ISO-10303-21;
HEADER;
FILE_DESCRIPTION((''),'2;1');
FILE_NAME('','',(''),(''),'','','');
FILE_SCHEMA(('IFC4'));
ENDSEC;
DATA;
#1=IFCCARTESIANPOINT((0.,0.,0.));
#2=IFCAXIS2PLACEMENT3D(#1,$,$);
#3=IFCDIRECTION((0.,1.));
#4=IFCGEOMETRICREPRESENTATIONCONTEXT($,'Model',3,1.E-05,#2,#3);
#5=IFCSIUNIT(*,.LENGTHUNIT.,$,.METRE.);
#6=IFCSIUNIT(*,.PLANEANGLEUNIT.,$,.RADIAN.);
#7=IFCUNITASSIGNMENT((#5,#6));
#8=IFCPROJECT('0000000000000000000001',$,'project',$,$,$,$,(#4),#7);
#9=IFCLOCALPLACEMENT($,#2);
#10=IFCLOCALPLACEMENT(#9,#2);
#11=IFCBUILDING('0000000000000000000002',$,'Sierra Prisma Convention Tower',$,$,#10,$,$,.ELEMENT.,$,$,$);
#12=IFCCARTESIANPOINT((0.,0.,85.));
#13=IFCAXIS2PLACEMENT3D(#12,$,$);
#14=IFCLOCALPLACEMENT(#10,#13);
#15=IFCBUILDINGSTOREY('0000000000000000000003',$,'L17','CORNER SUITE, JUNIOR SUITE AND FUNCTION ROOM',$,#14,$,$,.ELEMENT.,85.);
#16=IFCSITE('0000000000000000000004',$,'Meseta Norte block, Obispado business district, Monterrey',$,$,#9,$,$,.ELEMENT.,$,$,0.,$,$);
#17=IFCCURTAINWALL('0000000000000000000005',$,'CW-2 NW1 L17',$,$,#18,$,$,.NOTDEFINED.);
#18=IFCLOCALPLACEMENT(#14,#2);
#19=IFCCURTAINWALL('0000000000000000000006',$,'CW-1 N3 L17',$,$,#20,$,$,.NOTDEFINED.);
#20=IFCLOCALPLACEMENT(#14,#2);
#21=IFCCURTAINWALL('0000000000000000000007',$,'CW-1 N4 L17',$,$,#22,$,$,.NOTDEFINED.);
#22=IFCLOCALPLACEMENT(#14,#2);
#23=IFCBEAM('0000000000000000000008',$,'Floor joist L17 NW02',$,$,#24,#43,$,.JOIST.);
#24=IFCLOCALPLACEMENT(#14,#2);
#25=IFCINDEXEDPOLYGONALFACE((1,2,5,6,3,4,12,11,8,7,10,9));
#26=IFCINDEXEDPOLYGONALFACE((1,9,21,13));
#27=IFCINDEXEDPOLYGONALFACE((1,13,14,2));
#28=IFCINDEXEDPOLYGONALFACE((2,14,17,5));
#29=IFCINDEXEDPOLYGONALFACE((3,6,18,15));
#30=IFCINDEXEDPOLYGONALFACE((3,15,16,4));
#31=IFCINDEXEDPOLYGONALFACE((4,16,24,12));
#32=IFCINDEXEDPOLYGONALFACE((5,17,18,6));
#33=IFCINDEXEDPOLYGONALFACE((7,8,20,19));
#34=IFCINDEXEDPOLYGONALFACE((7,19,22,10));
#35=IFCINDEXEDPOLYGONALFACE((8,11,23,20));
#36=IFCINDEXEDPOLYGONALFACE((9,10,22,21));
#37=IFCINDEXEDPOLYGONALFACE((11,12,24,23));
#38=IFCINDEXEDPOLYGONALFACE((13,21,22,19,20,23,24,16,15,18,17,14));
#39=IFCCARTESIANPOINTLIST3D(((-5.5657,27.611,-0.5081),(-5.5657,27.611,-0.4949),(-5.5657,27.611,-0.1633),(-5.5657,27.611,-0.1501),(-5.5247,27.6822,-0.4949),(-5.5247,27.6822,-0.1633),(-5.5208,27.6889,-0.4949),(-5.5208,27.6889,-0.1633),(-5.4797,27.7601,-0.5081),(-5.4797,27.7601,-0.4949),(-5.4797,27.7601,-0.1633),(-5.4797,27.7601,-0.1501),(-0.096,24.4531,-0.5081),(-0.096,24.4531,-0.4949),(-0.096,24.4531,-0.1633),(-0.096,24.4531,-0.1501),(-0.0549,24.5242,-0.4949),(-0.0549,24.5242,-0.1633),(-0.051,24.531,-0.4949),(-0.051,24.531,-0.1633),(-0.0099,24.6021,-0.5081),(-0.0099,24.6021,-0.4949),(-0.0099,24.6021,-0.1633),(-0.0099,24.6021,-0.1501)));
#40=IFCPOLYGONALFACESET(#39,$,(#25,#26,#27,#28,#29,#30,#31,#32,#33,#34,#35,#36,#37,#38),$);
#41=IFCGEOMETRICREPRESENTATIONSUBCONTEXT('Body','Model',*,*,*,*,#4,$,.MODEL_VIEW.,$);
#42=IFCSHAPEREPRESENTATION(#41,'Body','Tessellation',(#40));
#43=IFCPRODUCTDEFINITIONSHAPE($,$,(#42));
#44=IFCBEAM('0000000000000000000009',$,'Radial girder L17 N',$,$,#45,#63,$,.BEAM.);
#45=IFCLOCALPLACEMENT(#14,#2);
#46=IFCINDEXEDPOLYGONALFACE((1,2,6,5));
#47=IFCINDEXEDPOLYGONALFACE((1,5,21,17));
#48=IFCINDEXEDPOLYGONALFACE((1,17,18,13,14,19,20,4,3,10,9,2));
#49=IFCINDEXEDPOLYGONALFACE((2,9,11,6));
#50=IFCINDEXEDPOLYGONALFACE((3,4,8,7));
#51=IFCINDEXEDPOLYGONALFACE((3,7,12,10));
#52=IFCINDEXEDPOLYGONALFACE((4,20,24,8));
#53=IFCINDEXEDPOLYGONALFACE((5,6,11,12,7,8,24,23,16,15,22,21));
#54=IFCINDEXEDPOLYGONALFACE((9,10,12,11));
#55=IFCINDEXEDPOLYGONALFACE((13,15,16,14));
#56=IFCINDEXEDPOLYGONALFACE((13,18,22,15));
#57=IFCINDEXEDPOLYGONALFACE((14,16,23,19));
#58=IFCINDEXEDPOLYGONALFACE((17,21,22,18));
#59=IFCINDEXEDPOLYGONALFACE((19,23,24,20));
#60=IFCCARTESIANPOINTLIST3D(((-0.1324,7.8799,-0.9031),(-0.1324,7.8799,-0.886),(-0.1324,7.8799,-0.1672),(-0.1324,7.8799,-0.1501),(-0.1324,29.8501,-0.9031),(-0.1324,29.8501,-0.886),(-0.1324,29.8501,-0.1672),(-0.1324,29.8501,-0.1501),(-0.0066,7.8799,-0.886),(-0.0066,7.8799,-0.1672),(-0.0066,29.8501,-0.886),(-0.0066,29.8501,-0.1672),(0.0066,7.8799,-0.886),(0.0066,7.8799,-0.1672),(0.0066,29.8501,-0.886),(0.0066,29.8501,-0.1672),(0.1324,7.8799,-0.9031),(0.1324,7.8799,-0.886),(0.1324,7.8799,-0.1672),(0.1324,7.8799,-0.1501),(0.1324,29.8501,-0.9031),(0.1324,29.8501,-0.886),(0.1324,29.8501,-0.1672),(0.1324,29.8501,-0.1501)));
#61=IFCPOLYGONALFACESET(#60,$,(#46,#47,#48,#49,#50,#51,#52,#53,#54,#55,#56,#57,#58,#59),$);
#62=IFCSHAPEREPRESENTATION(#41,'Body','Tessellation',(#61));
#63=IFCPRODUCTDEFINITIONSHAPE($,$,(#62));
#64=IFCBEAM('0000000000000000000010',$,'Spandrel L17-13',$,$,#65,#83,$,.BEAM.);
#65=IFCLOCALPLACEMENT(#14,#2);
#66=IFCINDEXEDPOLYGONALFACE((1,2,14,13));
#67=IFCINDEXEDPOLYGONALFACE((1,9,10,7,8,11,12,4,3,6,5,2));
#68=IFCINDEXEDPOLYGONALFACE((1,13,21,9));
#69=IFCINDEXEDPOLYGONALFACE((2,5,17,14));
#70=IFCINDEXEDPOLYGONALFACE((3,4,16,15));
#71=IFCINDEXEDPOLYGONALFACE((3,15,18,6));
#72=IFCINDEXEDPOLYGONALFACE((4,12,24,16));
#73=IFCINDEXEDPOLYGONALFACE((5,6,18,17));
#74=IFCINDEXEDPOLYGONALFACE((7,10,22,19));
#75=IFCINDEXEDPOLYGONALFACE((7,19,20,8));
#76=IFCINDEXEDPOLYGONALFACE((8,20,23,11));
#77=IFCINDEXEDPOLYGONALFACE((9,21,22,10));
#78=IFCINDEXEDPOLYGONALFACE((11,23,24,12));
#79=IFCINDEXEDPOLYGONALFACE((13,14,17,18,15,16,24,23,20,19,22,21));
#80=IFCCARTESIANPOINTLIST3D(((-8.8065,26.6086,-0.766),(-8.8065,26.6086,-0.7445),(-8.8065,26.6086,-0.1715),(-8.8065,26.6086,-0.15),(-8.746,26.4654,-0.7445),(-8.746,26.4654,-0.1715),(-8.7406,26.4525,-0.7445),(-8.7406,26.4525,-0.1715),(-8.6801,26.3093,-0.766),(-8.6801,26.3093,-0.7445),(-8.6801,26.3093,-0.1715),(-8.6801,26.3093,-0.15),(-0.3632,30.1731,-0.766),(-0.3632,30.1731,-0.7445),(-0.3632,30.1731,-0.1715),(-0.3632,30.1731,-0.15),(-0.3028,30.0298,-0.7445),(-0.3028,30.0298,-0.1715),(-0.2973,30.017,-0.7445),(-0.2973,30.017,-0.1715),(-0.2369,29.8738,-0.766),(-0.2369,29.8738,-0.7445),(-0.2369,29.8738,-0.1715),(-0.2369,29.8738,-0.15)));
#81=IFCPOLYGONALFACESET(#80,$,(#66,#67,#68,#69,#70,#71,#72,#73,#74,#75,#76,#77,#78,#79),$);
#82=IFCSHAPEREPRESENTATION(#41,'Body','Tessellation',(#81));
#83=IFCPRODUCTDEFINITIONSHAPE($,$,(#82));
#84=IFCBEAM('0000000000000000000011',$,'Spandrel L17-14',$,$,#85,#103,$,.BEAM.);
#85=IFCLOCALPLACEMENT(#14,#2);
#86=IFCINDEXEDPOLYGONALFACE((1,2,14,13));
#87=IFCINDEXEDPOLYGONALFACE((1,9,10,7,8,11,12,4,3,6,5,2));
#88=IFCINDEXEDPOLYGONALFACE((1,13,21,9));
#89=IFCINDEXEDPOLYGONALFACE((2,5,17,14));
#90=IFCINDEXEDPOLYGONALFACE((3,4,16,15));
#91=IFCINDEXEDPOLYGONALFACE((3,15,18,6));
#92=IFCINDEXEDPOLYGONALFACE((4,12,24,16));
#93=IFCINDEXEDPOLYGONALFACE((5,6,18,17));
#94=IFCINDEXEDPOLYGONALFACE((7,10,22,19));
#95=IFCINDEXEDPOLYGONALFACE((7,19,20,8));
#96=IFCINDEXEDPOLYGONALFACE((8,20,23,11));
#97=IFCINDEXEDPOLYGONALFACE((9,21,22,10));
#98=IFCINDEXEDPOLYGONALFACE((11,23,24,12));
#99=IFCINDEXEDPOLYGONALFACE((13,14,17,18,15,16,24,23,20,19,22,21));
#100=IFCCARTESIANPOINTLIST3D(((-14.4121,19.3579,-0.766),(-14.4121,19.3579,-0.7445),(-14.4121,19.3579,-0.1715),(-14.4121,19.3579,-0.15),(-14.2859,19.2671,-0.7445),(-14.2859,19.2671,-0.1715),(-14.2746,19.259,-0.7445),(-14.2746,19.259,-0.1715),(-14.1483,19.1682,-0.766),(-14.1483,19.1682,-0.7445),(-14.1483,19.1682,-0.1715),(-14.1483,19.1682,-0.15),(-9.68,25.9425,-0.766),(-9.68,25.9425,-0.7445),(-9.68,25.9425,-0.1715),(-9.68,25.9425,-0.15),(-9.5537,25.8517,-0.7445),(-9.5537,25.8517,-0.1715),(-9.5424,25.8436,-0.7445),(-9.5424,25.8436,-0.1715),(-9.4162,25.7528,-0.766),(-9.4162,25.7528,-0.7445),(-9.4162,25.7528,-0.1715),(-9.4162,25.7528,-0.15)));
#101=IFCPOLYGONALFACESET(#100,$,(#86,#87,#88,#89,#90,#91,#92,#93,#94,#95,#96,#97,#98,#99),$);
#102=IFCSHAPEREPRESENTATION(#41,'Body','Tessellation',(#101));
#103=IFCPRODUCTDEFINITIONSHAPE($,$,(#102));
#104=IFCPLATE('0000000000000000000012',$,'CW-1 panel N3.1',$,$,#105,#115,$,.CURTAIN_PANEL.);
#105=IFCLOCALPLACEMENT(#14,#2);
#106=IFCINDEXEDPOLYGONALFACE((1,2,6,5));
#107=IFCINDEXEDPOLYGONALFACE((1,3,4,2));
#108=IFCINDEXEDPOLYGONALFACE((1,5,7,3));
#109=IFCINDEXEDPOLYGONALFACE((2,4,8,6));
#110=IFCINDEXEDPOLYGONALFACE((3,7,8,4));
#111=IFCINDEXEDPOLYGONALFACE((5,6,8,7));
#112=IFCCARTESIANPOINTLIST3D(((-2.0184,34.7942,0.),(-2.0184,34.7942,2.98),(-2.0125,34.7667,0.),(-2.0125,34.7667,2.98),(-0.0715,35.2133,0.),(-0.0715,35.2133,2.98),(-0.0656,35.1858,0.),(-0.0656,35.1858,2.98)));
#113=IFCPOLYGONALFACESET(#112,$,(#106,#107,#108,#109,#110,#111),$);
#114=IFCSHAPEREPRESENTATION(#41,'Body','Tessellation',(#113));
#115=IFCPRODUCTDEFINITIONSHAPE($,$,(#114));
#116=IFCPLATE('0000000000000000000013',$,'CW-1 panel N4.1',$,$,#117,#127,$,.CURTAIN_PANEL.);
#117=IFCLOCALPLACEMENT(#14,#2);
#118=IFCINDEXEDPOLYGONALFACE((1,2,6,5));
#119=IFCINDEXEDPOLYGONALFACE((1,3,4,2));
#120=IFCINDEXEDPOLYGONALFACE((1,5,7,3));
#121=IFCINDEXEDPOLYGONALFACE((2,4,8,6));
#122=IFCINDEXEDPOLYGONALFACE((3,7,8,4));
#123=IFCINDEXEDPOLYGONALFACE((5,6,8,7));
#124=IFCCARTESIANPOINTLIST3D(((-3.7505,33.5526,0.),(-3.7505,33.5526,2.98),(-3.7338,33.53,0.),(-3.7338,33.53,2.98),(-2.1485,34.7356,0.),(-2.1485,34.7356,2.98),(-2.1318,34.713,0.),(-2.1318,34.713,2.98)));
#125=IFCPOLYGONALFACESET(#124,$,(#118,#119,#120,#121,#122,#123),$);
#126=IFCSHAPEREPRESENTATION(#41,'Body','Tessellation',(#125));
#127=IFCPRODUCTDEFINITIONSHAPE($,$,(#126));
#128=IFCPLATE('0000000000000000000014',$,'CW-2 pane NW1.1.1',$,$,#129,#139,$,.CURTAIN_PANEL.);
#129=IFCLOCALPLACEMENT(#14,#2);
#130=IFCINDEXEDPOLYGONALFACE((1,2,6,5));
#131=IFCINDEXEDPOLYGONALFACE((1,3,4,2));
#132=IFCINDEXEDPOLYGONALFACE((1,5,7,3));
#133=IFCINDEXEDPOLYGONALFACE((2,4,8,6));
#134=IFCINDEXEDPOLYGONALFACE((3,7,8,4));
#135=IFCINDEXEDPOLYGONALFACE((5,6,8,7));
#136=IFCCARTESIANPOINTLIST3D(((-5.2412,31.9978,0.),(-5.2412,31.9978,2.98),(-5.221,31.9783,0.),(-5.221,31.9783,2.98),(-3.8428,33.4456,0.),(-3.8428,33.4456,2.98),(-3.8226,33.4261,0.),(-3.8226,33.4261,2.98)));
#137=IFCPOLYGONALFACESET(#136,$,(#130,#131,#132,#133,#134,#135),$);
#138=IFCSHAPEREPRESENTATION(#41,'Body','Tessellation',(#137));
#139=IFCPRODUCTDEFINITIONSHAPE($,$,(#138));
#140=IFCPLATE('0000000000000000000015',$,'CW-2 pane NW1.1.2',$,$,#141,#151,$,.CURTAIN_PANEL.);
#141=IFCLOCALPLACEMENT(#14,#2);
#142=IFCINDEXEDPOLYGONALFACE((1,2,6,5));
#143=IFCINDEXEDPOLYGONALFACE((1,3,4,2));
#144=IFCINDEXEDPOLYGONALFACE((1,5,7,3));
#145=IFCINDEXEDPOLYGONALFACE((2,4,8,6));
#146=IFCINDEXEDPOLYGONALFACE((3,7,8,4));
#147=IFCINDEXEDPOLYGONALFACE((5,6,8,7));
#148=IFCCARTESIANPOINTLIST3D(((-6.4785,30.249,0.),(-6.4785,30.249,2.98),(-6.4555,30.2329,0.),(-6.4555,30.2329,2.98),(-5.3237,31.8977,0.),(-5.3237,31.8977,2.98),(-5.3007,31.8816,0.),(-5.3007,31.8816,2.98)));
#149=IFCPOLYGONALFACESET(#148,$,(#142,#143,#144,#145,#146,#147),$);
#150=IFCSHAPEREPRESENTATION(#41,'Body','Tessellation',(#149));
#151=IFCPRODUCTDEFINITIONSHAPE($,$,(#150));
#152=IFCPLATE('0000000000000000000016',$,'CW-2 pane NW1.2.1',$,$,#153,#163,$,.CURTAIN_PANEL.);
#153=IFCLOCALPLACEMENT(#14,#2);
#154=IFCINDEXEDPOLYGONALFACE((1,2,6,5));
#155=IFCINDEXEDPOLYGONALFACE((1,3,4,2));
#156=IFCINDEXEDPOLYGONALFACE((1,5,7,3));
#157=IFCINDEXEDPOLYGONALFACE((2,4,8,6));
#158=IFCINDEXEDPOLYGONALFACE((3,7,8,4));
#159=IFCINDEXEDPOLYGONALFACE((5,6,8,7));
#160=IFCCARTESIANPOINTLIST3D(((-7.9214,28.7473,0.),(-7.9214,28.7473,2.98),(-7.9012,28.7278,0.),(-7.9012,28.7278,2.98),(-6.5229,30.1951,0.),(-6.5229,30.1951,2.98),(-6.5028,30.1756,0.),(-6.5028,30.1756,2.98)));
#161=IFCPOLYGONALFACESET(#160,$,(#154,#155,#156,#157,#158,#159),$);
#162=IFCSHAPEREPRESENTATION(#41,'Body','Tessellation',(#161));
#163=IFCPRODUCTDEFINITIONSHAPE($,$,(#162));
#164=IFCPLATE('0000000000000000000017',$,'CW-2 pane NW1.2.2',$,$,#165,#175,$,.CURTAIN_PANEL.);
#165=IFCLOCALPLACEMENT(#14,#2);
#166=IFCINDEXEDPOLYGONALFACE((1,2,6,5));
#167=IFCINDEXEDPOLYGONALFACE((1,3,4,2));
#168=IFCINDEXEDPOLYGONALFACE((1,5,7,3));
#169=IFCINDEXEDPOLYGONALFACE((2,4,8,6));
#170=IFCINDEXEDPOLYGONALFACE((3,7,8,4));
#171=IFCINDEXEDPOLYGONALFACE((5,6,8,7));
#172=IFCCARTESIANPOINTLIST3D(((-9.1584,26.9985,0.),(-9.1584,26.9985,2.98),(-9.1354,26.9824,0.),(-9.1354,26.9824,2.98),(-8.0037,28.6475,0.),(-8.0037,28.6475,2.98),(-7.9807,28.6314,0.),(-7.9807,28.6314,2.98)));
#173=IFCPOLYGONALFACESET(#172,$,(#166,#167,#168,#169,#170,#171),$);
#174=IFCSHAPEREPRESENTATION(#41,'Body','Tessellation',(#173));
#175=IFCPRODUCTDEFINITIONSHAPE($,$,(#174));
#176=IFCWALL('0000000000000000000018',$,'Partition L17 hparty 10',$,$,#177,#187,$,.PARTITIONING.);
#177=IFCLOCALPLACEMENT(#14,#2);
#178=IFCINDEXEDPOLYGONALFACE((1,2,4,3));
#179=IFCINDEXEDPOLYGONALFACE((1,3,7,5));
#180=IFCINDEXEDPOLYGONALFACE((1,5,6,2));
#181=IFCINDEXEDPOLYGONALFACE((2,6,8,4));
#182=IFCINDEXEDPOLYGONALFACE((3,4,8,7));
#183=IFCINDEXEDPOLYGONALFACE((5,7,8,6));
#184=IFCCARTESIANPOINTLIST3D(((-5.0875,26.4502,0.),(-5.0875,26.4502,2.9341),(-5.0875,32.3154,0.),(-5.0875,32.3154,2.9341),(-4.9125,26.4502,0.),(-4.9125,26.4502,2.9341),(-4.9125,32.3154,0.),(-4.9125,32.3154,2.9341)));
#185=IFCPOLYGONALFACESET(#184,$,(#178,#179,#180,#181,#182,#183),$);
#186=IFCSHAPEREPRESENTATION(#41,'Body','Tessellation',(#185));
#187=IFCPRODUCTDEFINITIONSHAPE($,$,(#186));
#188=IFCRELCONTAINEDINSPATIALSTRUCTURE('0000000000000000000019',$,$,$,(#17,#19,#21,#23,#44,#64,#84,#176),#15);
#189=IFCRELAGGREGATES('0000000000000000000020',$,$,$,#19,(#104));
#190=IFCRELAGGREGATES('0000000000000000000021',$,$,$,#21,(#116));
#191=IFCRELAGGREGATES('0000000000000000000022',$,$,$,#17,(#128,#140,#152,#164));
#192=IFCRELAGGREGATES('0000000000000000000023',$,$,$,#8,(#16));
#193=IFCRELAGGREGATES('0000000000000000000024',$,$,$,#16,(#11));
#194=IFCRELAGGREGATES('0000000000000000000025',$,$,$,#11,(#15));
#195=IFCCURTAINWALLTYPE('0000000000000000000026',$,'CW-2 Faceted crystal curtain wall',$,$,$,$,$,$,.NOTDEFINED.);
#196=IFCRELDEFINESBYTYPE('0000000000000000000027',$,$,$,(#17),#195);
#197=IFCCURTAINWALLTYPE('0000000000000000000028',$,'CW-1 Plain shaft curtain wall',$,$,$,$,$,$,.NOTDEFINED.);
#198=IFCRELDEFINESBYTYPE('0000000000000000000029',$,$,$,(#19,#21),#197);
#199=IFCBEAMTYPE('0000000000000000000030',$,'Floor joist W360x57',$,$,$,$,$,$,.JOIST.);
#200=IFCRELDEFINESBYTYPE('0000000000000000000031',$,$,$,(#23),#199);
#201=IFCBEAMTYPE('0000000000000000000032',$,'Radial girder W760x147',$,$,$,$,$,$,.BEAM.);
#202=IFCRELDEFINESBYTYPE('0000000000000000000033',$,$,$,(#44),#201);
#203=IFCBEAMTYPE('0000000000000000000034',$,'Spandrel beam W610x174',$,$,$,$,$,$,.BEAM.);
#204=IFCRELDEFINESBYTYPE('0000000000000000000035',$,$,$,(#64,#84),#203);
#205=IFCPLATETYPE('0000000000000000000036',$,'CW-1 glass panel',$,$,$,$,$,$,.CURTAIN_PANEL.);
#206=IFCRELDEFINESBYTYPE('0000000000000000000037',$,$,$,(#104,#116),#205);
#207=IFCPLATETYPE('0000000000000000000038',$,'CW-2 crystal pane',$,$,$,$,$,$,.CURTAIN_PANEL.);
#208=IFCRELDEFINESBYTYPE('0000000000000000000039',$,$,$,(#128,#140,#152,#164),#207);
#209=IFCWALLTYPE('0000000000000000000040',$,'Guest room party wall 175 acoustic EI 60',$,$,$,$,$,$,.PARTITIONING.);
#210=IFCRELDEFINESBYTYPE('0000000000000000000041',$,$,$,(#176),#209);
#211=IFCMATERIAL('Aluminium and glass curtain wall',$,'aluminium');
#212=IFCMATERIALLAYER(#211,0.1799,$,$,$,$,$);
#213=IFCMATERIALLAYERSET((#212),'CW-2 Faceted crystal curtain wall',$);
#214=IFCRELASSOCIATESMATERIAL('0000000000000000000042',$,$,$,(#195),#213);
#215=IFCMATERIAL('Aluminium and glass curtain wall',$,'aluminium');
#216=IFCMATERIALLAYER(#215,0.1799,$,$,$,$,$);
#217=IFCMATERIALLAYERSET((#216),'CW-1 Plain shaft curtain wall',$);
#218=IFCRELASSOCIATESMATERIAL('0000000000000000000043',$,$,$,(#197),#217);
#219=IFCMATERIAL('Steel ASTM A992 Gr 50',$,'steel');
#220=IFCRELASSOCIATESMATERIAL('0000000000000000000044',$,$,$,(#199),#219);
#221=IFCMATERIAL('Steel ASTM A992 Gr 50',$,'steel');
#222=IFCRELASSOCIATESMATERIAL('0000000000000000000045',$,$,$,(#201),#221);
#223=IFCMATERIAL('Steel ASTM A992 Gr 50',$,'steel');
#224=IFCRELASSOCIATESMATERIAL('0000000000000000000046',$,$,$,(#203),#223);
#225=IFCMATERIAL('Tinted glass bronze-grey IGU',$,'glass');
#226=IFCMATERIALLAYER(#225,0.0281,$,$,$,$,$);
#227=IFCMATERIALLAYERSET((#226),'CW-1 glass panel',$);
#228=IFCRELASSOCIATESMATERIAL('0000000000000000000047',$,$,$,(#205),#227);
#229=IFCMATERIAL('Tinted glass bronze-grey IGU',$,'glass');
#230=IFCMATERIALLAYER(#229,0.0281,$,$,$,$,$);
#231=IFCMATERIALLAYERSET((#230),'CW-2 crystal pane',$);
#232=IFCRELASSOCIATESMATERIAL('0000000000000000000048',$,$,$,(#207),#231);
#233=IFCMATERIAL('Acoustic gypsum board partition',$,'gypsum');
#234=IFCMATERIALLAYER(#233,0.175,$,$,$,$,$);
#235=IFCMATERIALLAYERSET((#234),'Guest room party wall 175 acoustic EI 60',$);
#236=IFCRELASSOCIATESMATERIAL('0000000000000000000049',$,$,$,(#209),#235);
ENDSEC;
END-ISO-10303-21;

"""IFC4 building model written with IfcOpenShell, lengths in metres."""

from ifc_helpers import new_model, si_unit, direction, frame, frame_2d, origin, origin_2d, place, context, subcontext, project, spatial, polyline, rectangle, i_section, outline, extrude, material, layer, layer_set, material_profile, profile_set, type_object, element, aggregate, save


model = new_model("IFC4")

# Units and contexts
model_context = context("Model", 3, precision=1e-05, world=origin(), true_north=direction((0.0, 1.0)))
body_context = subcontext(model_context, "Body", "Model", "MODEL_VIEW")
ifc_project = project(units=[si_unit("LENGTHUNIT", "METRE"), si_unit("PLANEANGLEUNIT", "RADIAN")], contexts=[model_context])

# Site, building, storey
site_placement = place(None, origin())
site = spatial("IfcSite", under=ifc_project, at=site_placement, Name="Meseta Norte block, Obispado business district, Monterrey", CompositionType="ELEMENT", RefElevation=0.0)
building_placement = place(site_placement, origin())
building = spatial("IfcBuilding", under=site, at=building_placement, Name="Sierra Prisma Convention Tower", CompositionType="ELEMENT")
storey_placement = place(building_placement, frame((0.0, 0.0, 85.0)))
storey = spatial("IfcBuildingStorey", under=building, at=storey_placement, Name="L17", Description="CORNER SUITE, JUNIOR SUITE AND FUNCTION ROOM", CompositionType="ELEMENT", Elevation=85.0)

# Curtain wall
ifc_material_1 = material(Name="Aluminium and glass curtain wall", Category="aluminium")
ifc_layer_1 = layer(ifc_material_1, 0.1799)
ifc_layer_set_1 = layer_set([ifc_layer_1], Name="CW-2 Faceted crystal curtain wall")
curtain_wall_type_1 = type_object("IfcCurtainWallType", Name="CW-2 Faceted crystal curtain wall", PredefinedType="NOTDEFINED", material=ifc_layer_set_1)
curtain_wall_1_placement = place(storey_placement, origin())
curtain_wall_1 = element("IfcCurtainWall", 1, at=curtain_wall_1_placement, inside=storey, type_object=curtain_wall_type_1, Name="CW-2 NW1 L17", PredefinedType="NOTDEFINED")

# Curtain walls
ifc_material_2 = material(Name="Aluminium and glass curtain wall", Category="aluminium")
ifc_layer_2 = layer(ifc_material_2, 0.1799)
ifc_layer_set_2 = layer_set([ifc_layer_2], Name="CW-1 Plain shaft curtain wall")
curtain_wall_type_2 = type_object("IfcCurtainWallType", Name="CW-1 Plain shaft curtain wall", PredefinedType="NOTDEFINED", material=ifc_layer_set_2)
curtain_wall_2_placement = place(storey_placement, origin())
curtain_wall_2 = element("IfcCurtainWall", 2, at=curtain_wall_2_placement, inside=storey, type_object=curtain_wall_type_2, Name="CW-1 N3 L17", PredefinedType="NOTDEFINED")
curtain_wall_3_placement = place(storey_placement, origin())
curtain_wall_3 = element("IfcCurtainWall", 3, at=curtain_wall_3_placement, inside=storey, type_object=curtain_wall_type_2, Name="CW-1 N4 L17", PredefinedType="NOTDEFINED")

# Beams
ifc_material_3 = material(Name="Steel ASTM A992 Gr 50", Category="steel")
ifc_material_profile_1 = material_profile(ifc_material_3, i_section(OverallWidth=0.1721, OverallDepth=0.3579, WebThickness=0.0078, FlangeThickness=0.0132, at=origin_2d()), Name="W360x57")
ifc_profile_set_1 = profile_set([ifc_material_profile_1], Name="Steel ASTM A992 Gr 50")
beam_type_1 = type_object("IfcBeamType", Name="Floor joist W360x57", PredefinedType="JOIST", material=ifc_profile_set_1)
beam_1_placement = place(storey_placement, frame((-5.5227, 27.6855, -0.3291), z_axis=(0.866025, -0.500001, 0.0), x_axis=(0.500001, 0.866025, 0.0)))
element("IfcBeam", 4, at=beam_1_placement, inside=storey, type_object=beam_type_1, Name="Floor joist L17 NW02", PredefinedType="JOIST", context=body_context, shape_type="SweptSolid", body=[
    extrude(i_section(OverallWidth=0.1721, OverallDepth=0.3579, WebThickness=0.0078, FlangeThickness=0.0132, at=origin_2d()), origin(), (0.0, 0.0, 1.0), 6.3159),
])
ifc_material_4 = material(Name="Steel ASTM A992 Gr 50", Category="steel")
ifc_material_profile_2 = material_profile(ifc_material_4, i_section(OverallWidth=0.2649, OverallDepth=0.7529, WebThickness=0.0132, FlangeThickness=0.0171, at=origin_2d()), Name="W760x147")
ifc_profile_set_2 = profile_set([ifc_material_profile_2], Name="Steel ASTM A992 Gr 50")
beam_type_2 = type_object("IfcBeamType", Name="Radial girder W760x147", PredefinedType="BEAM", material=ifc_profile_set_2)
beam_2_placement = place(storey_placement, frame((0.0, 29.8501, -0.5266), z_axis=(0.0, -1.0, 0.0), x_axis=(1.0, 0.0, 0.0)))
element("IfcBeam", 5, at=beam_2_placement, inside=storey, type_object=beam_type_2, Name="Radial girder L17 N", PredefinedType="BEAM", context=body_context, shape_type="SweptSolid", body=[
    extrude(i_section(OverallWidth=0.2649, OverallDepth=0.7529, WebThickness=0.0132, FlangeThickness=0.0171, at=origin_2d()), origin(), (0.0, 0.0, 1.0), 21.9702),
])
ifc_material_5 = material(Name="Steel ASTM A992 Gr 50", Category="steel")
ifc_material_profile_3 = material_profile(ifc_material_5, i_section(OverallWidth=0.325, OverallDepth=0.616, WebThickness=0.0139, FlangeThickness=0.0215, at=origin_2d()), Name="W610x174")
ifc_profile_set_3 = profile_set([ifc_material_profile_3], Name="Steel ASTM A992 Gr 50")
beam_type_3 = type_object("IfcBeamType", Name="Spandrel beam W610x174", PredefinedType="BEAM", material=ifc_profile_set_3)
beam_3_placement = place(storey_placement, frame((-0.3, 30.0234, -0.458), z_axis=(-0.921266, -0.388933, 0.0), x_axis=(0.388933, -0.921266, 0.0)))
element("IfcBeam", 6, at=beam_3_placement, inside=storey, type_object=beam_type_3, Name="Spandrel L17-13", PredefinedType="BEAM", context=body_context, shape_type="SweptSolid", body=[
    extrude(i_section(OverallWidth=0.325, OverallDepth=0.616, WebThickness=0.0139, FlangeThickness=0.0215, at=origin_2d()), origin(), (0.0, 0.0, 1.0), 9.1648),
])
beam_4_placement = place(storey_placement, frame((-9.5481, 25.8477, -0.458), z_axis=(-0.583588, -0.81205, 0.0), x_axis=(0.81205, -0.583588, 0.0)))
element("IfcBeam", 7, at=beam_4_placement, inside=storey, type_object=beam_type_3, Name="Spandrel L17-14", PredefinedType="BEAM", context=body_context, shape_type="SweptSolid", body=[
    extrude(i_section(OverallWidth=0.325, OverallDepth=0.616, WebThickness=0.0139, FlangeThickness=0.0215, at=origin_2d()), origin(), (0.0, 0.0, 1.0), 8.1086),
])

# Plates
ifc_material_6 = material(Name="Tinted glass bronze-grey IGU", Category="glass")
ifc_layer_3 = layer(ifc_material_6, 0.0281)
ifc_layer_set_3 = layer_set([ifc_layer_3], Name="CW-1 glass panel")
plate_type_1 = type_object("IfcPlateType", Name="CW-1 glass panel", PredefinedType="CURTAIN_PANEL", material=ifc_layer_set_3)
plate_1_placement = place(storey_placement, frame((-1.042, 34.99, 0.0), z_axis=(0.0, 0.0, 1.0), x_axis=(-0.977606, -0.210442, 0.0)))
plate_1 = element("IfcPlate", 8, at=plate_1_placement, type_object=plate_type_1, Name="CW-1 panel N3.1", PredefinedType="CURTAIN_PANEL", context=body_context, shape_type="SweptSolid", body=[
    extrude(rectangle(XDim=1.9915, YDim=0.0281, at=origin_2d()), origin(), (0.0, 0.0, 1.0), 2.98),
])
aggregate(curtain_wall_2, [plate_1])
plate_2_placement = place(storey_placement, frame((-2.9412, 34.1328, 0.0), z_axis=(0.0, 0.0, 1.0), x_axis=(-0.804431, -0.594046, 0.0)))
plate_2 = element("IfcPlate", 9, at=plate_2_placement, type_object=plate_type_1, Name="CW-1 panel N4.1", PredefinedType="CURTAIN_PANEL", context=body_context, shape_type="SweptSolid", body=[
    extrude(rectangle(XDim=1.9915, YDim=0.0281, at=origin_2d()), origin(), (0.0, 0.0, 1.0), 2.98),
])
aggregate(curtain_wall_3, [plate_2])
ifc_material_7 = material(Name="Tinted glass bronze-grey IGU", Category="glass")
ifc_layer_4 = layer(ifc_material_7, 0.0281)
ifc_layer_set_4 = layer_set([ifc_layer_4], Name="CW-2 crystal pane")
plate_type_2 = type_object("IfcPlateType", Name="CW-2 crystal pane", PredefinedType="CURTAIN_PANEL", material=ifc_layer_set_4)
plate_3_placement = place(storey_placement, frame((-3.8428, 33.4456, 0.0), z_axis=(-0.719251, 0.69475, 0.0), x_axis=(-0.69475, -0.719251, 0.0)))
plate_3 = element("IfcPlate", 10, at=plate_3_placement, type_object=plate_type_2, Name="CW-2 pane NW1.1.1", PredefinedType="CURTAIN_PANEL", context=body_context, shape_type="SweptSolid", body=[
    extrude(outline(polyline([(0.0, 0.0), (2.0129, 0.0), (2.0129, 2.98), (0.0, 2.98), (0.0, 0.0)])), origin(), (0.0, 0.0, -1.0), 0.0281),
])
plate_4_placement = place(storey_placement, frame((-6.4785, 30.249, 0.0), z_axis=(-0.819067, 0.573698, 0.0), x_axis=(0.573698, 0.819067, 0.0)))
plate_4 = element("IfcPlate", 11, at=plate_4_placement, type_object=plate_type_2, Name="CW-2 pane NW1.1.2", PredefinedType="CURTAIN_PANEL", context=body_context, shape_type="SweptSolid", body=[
    extrude(outline(polyline([(0.0, 0.0), (2.0129, 0.0), (2.0129, -2.98), (0.0, -2.98), (0.0, 0.0)])), origin(), (0.0, 0.0, -1.0), 0.0281),
])
plate_5_placement = place(storey_placement, frame((-6.5229, 30.1951, 0.0), z_axis=(-0.719251, 0.69475, 0.0), x_axis=(-0.69475, -0.719251, 0.0)))
plate_5 = element("IfcPlate", 12, at=plate_5_placement, type_object=plate_type_2, Name="CW-2 pane NW1.2.1", PredefinedType="CURTAIN_PANEL", context=body_context, shape_type="SweptSolid", body=[
    extrude(outline(polyline([(0.0, 0.0), (2.0129, 0.0), (2.0129, 2.98), (0.0, 2.98), (0.0, 0.0)])), origin(), (0.0, 0.0, -1.0), 0.0281),
])
plate_6_placement = place(storey_placement, frame((-9.1584, 26.9985, 0.0), z_axis=(-0.819107, 0.573641, 0.0), x_axis=(0.573641, 0.819107, 0.0)))
plate_6 = element("IfcPlate", 13, at=plate_6_placement, type_object=plate_type_2, Name="CW-2 pane NW1.2.2", PredefinedType="CURTAIN_PANEL", context=body_context, shape_type="SweptSolid", body=[
    extrude(outline(polyline([(0.0, 0.0), (2.0131, 0.0), (2.0131, -2.98), (0.0, -2.98), (0.0, 0.0)])), origin(), (0.0, 0.0, -1.0), 0.0281),
])
aggregate(curtain_wall_1, [plate_3, plate_4, plate_5, plate_6])

# Wall
ifc_material_8 = material(Name="Acoustic gypsum board partition", Category="gypsum")
ifc_layer_5 = layer(ifc_material_8, 0.175)
ifc_layer_set_5 = layer_set([ifc_layer_5], Name="Guest room party wall 175 acoustic EI 60")
wall_type = type_object("IfcWallType", Name="Guest room party wall 175 acoustic EI 60", PredefinedType="PARTITIONING", material=ifc_layer_set_5)
wall_placement = place(storey_placement, frame((-5.0, 32.3154, 0.0), z_axis=(0.0, 0.0, 1.0), x_axis=(0.0, -1.0, 0.0)))
element("IfcWall", 14, at=wall_placement, inside=storey, type_object=wall_type, Name="Partition L17 hparty 10", PredefinedType="PARTITIONING", context=body_context, shape_type="SweptSolid", body=[
    extrude(rectangle(XDim=5.8652, YDim=0.175, at=frame_2d((2.9326, 0.0))), origin(), (0.0, 0.0, 1.0), 2.9341),
])

save(model, "model.ifc")
